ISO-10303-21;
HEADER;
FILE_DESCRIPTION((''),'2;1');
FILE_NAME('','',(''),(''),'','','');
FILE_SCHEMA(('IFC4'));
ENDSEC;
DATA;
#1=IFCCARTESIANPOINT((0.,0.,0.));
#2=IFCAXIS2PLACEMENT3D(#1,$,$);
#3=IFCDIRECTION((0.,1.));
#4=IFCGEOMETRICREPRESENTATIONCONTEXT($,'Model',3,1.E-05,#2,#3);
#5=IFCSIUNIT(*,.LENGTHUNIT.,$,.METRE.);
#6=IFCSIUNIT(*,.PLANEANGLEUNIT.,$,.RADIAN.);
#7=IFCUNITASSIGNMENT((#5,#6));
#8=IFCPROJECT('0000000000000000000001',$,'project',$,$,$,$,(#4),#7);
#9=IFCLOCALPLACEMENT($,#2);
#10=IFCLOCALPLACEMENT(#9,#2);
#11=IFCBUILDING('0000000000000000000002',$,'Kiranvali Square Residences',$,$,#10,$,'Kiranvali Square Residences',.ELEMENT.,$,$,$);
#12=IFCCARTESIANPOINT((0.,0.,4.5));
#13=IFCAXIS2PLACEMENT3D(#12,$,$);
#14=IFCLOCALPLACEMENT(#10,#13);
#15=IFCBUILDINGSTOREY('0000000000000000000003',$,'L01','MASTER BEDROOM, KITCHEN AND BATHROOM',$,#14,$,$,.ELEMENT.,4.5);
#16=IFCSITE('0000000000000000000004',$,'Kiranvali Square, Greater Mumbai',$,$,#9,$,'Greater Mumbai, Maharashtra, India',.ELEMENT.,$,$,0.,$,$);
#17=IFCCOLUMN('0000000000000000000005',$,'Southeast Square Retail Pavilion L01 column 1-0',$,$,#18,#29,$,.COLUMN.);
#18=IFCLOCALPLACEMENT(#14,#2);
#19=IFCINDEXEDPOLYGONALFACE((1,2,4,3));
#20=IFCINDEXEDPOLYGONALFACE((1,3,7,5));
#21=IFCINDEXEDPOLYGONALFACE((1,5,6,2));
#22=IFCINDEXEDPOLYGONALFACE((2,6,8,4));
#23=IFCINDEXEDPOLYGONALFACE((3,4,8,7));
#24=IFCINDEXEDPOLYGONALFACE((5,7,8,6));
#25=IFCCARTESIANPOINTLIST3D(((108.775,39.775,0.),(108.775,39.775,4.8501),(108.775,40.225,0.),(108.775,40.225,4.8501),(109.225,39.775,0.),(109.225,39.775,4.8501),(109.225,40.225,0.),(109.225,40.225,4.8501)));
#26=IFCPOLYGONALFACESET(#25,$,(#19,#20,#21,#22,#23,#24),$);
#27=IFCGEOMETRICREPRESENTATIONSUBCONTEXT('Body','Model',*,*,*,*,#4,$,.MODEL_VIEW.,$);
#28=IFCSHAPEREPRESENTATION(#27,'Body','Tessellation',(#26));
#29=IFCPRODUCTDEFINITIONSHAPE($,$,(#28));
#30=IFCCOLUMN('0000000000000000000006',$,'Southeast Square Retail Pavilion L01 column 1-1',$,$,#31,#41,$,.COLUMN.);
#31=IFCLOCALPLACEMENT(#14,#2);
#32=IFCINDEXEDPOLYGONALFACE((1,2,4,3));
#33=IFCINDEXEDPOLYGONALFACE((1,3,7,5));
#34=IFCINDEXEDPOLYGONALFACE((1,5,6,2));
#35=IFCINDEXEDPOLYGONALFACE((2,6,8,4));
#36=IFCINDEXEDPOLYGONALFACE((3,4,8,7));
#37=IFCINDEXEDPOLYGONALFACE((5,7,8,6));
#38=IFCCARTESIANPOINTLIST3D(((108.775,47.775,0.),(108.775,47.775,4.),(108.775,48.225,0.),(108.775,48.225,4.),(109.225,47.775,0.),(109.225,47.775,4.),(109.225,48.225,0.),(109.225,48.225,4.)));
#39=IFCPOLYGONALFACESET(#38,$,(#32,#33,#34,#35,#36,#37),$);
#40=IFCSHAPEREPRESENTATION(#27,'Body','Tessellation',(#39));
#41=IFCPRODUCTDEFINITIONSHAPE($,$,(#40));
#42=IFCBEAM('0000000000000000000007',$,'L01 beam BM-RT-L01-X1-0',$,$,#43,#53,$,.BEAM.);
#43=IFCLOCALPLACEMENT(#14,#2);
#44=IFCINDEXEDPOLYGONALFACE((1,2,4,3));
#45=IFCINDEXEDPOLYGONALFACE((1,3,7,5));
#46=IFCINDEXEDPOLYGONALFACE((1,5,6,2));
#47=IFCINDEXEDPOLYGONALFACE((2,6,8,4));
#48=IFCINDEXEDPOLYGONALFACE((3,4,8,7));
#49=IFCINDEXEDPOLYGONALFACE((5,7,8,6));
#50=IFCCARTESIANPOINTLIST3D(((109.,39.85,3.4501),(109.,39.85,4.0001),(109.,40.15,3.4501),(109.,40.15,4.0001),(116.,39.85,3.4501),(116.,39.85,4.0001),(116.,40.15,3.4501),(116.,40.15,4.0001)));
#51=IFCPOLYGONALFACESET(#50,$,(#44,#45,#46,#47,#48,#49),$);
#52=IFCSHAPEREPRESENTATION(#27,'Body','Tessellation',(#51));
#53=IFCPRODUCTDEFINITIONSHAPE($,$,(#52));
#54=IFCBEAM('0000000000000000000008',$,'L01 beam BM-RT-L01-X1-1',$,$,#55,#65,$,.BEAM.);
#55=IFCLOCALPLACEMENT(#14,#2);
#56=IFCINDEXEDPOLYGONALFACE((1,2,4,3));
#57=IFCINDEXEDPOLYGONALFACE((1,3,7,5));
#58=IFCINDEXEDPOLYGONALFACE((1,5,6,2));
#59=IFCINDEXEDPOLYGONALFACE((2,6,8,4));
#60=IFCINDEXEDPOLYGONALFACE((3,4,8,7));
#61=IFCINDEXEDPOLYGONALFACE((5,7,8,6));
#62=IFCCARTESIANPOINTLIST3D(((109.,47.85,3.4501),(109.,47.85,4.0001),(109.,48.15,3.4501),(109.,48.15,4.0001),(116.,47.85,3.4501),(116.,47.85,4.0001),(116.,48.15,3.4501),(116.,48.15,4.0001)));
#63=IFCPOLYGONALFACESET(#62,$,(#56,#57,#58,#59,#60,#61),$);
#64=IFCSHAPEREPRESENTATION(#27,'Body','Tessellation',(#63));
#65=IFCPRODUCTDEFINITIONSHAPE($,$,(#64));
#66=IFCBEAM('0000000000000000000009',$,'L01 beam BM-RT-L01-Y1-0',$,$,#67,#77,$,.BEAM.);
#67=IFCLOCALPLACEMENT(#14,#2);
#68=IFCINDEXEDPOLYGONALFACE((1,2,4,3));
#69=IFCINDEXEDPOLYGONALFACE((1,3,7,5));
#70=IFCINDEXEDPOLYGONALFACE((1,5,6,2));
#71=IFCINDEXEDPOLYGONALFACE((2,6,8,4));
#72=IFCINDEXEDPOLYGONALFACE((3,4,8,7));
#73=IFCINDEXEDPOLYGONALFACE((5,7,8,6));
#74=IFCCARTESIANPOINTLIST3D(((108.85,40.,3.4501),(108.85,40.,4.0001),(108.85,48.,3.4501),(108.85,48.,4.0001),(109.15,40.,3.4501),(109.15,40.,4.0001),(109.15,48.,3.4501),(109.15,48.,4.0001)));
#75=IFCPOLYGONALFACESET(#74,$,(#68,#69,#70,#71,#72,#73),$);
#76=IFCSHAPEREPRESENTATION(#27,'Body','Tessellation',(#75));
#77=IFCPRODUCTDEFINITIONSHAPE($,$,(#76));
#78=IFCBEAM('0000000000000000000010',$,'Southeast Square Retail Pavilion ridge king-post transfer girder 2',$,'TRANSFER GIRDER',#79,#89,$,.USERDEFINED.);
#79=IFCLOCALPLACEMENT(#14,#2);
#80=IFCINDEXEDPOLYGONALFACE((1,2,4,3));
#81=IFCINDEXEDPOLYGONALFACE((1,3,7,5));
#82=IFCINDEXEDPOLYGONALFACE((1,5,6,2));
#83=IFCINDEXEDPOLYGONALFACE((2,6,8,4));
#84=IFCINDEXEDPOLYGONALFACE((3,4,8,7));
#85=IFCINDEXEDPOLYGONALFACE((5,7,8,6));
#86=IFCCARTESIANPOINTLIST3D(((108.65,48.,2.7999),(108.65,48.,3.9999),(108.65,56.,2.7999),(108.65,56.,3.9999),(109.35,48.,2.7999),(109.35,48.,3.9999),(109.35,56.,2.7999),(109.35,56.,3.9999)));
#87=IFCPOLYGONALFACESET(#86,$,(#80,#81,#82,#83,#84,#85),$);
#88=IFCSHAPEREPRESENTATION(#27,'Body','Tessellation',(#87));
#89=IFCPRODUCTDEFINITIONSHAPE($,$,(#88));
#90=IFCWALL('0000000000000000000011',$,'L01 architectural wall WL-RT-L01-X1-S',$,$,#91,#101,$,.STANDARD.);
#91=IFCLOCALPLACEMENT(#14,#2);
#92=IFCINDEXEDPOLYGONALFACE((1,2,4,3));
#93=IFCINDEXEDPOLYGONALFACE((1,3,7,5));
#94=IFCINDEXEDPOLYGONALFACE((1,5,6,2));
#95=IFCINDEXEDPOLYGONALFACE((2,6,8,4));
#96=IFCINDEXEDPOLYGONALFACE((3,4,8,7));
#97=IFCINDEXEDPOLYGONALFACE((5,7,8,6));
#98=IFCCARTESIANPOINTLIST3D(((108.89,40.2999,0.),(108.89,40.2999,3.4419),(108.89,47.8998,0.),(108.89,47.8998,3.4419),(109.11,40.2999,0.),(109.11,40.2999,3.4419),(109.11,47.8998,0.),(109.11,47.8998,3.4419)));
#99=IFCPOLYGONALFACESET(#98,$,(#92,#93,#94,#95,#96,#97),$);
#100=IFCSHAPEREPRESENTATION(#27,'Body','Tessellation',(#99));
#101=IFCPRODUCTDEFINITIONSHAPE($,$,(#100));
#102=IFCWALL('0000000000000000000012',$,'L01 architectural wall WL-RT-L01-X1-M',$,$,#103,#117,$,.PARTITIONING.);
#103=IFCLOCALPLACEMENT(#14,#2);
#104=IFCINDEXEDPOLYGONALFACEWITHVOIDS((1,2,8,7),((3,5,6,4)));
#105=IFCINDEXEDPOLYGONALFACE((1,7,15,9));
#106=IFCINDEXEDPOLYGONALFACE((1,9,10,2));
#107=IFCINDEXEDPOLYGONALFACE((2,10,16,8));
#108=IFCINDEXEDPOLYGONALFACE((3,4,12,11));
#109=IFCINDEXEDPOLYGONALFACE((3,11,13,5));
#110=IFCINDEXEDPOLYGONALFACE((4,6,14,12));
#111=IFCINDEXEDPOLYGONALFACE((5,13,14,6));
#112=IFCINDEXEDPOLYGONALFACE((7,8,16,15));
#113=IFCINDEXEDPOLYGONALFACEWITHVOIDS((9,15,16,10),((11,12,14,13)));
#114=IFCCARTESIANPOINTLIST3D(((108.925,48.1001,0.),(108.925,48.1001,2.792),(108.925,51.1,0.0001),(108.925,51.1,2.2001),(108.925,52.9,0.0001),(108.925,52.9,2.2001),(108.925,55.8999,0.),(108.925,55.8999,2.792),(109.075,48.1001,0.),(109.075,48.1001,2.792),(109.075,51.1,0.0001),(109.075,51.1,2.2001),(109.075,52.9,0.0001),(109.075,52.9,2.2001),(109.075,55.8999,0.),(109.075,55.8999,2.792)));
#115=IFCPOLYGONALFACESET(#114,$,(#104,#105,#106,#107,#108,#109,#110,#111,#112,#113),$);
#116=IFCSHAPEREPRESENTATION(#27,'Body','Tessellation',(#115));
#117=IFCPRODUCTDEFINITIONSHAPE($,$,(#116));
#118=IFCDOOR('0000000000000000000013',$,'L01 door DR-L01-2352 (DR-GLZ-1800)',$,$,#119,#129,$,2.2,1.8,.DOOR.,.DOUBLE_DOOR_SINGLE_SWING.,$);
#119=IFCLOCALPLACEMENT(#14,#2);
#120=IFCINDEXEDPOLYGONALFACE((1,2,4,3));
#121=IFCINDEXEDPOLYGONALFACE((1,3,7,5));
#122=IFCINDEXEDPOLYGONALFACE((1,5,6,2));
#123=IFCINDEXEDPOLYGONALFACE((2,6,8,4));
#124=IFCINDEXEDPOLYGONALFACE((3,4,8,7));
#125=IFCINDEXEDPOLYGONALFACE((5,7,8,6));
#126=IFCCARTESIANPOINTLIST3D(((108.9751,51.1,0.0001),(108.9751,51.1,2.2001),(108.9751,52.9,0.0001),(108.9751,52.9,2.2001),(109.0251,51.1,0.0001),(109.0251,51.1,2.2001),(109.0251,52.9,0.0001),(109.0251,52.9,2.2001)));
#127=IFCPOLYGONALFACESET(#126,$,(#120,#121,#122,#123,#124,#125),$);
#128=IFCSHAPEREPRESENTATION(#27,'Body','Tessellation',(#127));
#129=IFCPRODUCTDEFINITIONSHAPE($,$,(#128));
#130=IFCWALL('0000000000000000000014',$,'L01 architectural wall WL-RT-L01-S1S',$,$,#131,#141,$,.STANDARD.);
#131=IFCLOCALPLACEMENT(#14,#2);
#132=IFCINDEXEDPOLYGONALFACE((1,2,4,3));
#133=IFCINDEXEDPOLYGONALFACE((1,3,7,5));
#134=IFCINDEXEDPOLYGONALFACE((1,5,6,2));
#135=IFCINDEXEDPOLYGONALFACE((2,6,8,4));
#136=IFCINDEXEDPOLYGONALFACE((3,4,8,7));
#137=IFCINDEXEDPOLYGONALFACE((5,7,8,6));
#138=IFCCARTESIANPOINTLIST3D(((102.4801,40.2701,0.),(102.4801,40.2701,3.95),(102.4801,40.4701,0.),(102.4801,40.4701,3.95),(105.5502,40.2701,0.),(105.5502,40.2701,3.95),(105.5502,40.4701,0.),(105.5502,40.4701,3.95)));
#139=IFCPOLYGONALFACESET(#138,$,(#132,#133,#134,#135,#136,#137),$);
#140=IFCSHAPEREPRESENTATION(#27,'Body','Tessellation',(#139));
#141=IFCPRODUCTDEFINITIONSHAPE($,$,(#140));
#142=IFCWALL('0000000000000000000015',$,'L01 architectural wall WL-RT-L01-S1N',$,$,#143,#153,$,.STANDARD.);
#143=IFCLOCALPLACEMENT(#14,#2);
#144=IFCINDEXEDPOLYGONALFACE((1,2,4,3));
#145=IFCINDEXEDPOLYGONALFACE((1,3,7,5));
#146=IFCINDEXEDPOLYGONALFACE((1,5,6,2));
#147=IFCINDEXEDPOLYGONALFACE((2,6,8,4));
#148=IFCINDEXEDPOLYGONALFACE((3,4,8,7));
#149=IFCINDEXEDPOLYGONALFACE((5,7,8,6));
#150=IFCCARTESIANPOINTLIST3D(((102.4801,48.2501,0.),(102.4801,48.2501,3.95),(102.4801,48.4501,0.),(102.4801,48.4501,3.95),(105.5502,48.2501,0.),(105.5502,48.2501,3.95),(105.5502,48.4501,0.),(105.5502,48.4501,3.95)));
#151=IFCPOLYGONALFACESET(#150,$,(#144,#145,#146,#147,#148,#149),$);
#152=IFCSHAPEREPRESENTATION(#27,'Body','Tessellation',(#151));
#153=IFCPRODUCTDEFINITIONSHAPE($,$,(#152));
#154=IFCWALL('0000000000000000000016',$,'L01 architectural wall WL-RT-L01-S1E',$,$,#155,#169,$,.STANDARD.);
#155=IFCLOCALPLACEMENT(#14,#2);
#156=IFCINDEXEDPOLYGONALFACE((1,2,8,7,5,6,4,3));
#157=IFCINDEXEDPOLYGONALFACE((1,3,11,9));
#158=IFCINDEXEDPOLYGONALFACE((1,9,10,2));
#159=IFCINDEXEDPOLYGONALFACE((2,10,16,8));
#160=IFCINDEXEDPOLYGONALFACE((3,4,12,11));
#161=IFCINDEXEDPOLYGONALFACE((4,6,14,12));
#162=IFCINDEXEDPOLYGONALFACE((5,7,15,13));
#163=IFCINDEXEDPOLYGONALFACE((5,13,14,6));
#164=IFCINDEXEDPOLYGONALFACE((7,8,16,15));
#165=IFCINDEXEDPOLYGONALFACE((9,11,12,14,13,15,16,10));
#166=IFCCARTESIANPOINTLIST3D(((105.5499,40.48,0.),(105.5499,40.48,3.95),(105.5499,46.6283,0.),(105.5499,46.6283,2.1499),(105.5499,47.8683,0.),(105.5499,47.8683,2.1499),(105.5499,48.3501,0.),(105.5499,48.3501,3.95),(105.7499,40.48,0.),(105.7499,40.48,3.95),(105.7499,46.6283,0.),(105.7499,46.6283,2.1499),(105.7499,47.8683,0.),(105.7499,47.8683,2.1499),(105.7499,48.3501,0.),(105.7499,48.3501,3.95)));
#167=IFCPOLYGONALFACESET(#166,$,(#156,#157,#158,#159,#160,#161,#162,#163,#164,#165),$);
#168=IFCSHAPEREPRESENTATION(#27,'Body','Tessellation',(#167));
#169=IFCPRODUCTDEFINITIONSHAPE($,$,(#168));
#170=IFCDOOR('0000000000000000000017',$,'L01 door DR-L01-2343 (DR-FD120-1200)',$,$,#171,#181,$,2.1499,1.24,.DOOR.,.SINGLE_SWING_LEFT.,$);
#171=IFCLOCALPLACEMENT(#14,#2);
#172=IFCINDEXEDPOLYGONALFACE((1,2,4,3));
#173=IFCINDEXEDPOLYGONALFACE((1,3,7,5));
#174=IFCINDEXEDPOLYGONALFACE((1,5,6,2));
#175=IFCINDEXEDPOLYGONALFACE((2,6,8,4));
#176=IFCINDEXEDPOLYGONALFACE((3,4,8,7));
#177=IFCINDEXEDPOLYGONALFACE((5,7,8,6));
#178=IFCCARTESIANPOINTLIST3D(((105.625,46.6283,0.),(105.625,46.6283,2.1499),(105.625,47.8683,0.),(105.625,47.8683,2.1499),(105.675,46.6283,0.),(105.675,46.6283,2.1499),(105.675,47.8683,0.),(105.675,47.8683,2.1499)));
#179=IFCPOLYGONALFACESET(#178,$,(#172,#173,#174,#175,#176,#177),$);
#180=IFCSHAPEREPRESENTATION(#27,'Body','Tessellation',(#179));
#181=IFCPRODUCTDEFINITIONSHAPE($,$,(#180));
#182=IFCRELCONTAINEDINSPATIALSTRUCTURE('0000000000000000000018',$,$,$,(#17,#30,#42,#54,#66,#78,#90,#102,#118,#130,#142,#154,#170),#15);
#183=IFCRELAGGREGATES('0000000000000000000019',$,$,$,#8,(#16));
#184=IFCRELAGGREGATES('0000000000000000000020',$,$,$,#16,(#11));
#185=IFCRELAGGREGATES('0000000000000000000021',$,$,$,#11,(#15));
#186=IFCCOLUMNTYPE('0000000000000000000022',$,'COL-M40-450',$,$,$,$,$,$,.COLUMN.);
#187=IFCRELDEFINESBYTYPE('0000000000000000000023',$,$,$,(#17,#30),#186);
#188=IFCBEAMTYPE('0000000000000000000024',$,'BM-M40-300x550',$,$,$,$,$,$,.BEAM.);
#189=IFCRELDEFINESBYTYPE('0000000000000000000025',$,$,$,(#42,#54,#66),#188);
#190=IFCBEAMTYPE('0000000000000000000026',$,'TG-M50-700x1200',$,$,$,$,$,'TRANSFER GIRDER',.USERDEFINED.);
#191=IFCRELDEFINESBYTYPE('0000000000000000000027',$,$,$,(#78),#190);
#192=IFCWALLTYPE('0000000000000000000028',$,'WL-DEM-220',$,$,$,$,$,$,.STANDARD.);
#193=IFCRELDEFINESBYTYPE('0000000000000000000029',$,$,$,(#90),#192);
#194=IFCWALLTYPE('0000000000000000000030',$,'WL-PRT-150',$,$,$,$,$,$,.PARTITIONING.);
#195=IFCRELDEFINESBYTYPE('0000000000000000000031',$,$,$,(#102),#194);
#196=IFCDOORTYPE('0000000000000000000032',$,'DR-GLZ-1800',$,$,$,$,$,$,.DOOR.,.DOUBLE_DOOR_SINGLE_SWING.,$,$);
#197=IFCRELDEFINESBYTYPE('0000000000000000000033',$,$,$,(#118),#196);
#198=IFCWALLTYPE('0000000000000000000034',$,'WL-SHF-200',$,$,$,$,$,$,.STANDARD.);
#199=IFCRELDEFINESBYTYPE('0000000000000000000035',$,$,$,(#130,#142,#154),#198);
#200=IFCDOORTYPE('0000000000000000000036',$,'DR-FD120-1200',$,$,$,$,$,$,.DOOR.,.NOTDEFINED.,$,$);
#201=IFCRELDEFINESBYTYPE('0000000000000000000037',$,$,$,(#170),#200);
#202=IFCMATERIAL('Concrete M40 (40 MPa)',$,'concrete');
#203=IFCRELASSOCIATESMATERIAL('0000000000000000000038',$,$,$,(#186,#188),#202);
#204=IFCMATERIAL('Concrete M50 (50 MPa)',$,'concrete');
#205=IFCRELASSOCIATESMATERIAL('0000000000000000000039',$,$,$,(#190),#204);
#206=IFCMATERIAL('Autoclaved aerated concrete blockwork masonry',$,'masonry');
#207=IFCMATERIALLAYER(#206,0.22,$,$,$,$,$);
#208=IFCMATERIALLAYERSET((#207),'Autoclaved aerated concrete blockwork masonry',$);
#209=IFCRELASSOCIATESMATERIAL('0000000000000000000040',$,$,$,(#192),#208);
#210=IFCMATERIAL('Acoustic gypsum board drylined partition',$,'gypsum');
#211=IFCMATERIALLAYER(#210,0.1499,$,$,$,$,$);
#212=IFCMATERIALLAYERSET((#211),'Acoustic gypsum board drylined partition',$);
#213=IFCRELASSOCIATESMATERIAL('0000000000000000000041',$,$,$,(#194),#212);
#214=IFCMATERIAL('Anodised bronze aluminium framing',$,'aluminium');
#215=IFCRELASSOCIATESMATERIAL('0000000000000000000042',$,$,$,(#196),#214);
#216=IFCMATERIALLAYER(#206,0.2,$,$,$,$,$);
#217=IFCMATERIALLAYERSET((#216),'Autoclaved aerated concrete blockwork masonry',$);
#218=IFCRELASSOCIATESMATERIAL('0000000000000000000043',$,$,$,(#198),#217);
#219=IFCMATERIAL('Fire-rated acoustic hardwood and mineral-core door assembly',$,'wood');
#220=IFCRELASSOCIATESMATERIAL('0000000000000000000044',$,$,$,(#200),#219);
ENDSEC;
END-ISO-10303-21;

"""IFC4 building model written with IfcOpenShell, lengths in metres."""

from ifc_helpers import new_model, si_unit, direction, frame, frame_2d, origin, origin_2d, place, context, subcontext, project, spatial, rectangle, extrude, material, layer, layer_set, material_profile, profile_set, type_object, element, fill, save


model = new_model("IFC4")

# Units and contexts
model_context = context("Model", 3, precision=1e-05, world=origin(), true_north=direction((0.0, 1.0)))
body_context = subcontext(model_context, "Body", "Model", "MODEL_VIEW")
ifc_project = project(units=[si_unit("LENGTHUNIT", "METRE"), si_unit("PLANEANGLEUNIT", "RADIAN")], contexts=[model_context])

# Site, building, storey
site_placement = place(None, origin())
site = spatial("IfcSite", under=ifc_project, at=site_placement, Name="Kiranvali Square, Greater Mumbai", LongName="Greater Mumbai, Maharashtra, India", CompositionType="ELEMENT", RefElevation=0.0)
building_placement = place(site_placement, origin())
building = spatial("IfcBuilding", under=site, at=building_placement, Name="Kiranvali Square Residences", LongName="Kiranvali Square Residences", CompositionType="ELEMENT")
storey_placement = place(building_placement, frame((0.0, 0.0, 4.5)))
storey = spatial("IfcBuildingStorey", under=building, at=storey_placement, Name="L01", Description="MASTER BEDROOM, KITCHEN AND BATHROOM", CompositionType="ELEMENT", Elevation=4.5)

# Columns
ifc_material_1 = material(Name="Concrete M40 (40 MPa)", Category="concrete")
ifc_material_profile_1 = material_profile(ifc_material_1, rectangle(XDim=0.45, YDim=0.45, at=origin_2d()), Name="RC 450x450")
ifc_profile_set_1 = profile_set([ifc_material_profile_1], Name="Concrete M40 (40 MPa)")
column_type = type_object("IfcColumnType", Name="COL-M40-450", PredefinedType="COLUMN", material=ifc_profile_set_1)
column_1_placement = place(storey_placement, frame((109.0, 40.0, 0.0), z_axis=(0.0, 0.0, 1.0), x_axis=(1.0, 0.0, 0.0)))
element("IfcColumn", 1, at=column_1_placement, inside=storey, type_object=column_type, Name="Southeast Square Retail Pavilion L01 column 1-0", PredefinedType="COLUMN", context=body_context, shape_type="SweptSolid", body=[
    extrude(rectangle(XDim=0.45, YDim=0.45, at=origin_2d()), origin(), (0.0, 0.0, 1.0), 4.8501),
])
column_2_placement = place(storey_placement, frame((109.0, 48.0, 0.0), z_axis=(0.0, 0.0, 1.0), x_axis=(1.0, 0.0, 0.0)))
element("IfcColumn", 2, at=column_2_placement, inside=storey, type_object=column_type, Name="Southeast Square Retail Pavilion L01 column 1-1", PredefinedType="COLUMN", context=body_context, shape_type="SweptSolid", body=[
    extrude(rectangle(XDim=0.45, YDim=0.45, at=origin_2d()), origin(), (0.0, 0.0, 1.0), 4.0),
])

# Beams
ifc_material_profile_2 = material_profile(ifc_material_1, rectangle(XDim=0.3, YDim=0.55, at=origin_2d()), Name="RC 300x550")
ifc_profile_set_2 = profile_set([ifc_material_profile_2], Name="Concrete M40 (40 MPa)")
beam_type_1 = type_object("IfcBeamType", Name="BM-M40-300x550", PredefinedType="BEAM", material=ifc_profile_set_2)
for number, where, z_axis, x_axis, name in (
    (3, (109.0, 40.0, 3.7251), (1.0, 0.0, 0.0), (0.0, 1.0, 0.0), "L01 beam BM-RT-L01-X1-0"),
    (4, (109.0, 48.0, 3.7251), (1.0, 0.0, 0.0), (0.0, 1.0, 0.0), "L01 beam BM-RT-L01-X1-1"),
):
    element("IfcBeam", number, at=place(storey_placement, frame(where, z_axis=z_axis, x_axis=x_axis)), inside=storey, type_object=beam_type_1, Name=name, PredefinedType="BEAM", context=body_context, shape_type="SweptSolid", body=[
        extrude(rectangle(XDim=0.3, YDim=0.55, at=origin_2d()), origin(), (0.0, 0.0, 1.0), 7.0),
    ])
beam_1_placement = place(storey_placement, frame((109.0, 40.0, 3.7251), z_axis=(0.0, 1.0, 0.0), x_axis=(-1.0, 0.0, 0.0)))
element("IfcBeam", 5, at=beam_1_placement, inside=storey, type_object=beam_type_1, Name="L01 beam BM-RT-L01-Y1-0", PredefinedType="BEAM", context=body_context, shape_type="SweptSolid", body=[
    extrude(rectangle(XDim=0.3, YDim=0.55, at=origin_2d()), origin(), (0.0, 0.0, 1.0), 8.0),
])
ifc_material_2 = material(Name="Concrete M50 (50 MPa)", Category="concrete")
ifc_material_profile_3 = material_profile(ifc_material_2, rectangle(XDim=0.7, YDim=1.2, at=origin_2d()), Name="RC 700x1200")
ifc_profile_set_3 = profile_set([ifc_material_profile_3], Name="Concrete M50 (50 MPa)")
beam_type_2 = type_object("IfcBeamType", Name="TG-M50-700x1200", ElementType="TRANSFER GIRDER", PredefinedType="USERDEFINED", material=ifc_profile_set_3)
beam_2_placement = place(storey_placement, frame((109.0, 48.0, 3.3999), z_axis=(0.0, 1.0, 0.0), x_axis=(-1.0, 0.0, 0.0)))
element("IfcBeam", 6, at=beam_2_placement, inside=storey, type_object=beam_type_2, Name="Southeast Square Retail Pavilion ridge king-post transfer girder 2", ObjectType="TRANSFER GIRDER", PredefinedType="USERDEFINED", context=body_context, shape_type="SweptSolid", body=[
    extrude(rectangle(XDim=0.7, YDim=1.2, at=origin_2d()), origin(), (0.0, 0.0, 1.0), 8.0),
])

# Wall
ifc_material_3 = material(Name="Autoclaved aerated concrete blockwork masonry", Category="masonry")
ifc_layer_1 = layer(ifc_material_3, 0.22)
ifc_layer_set_1 = layer_set([ifc_layer_1], Name="Autoclaved aerated concrete blockwork masonry")
wall_type_1 = type_object("IfcWallType", Name="WL-DEM-220", PredefinedType="STANDARD", material=ifc_layer_set_1)
wall_1_placement = place(storey_placement, frame((109.0, 40.3, 0.0), z_axis=(0.0, 0.0, 1.0), x_axis=(0.0, 1.0, 0.0)))
element("IfcWall", 7, at=wall_1_placement, inside=storey, type_object=wall_type_1, Name="L01 architectural wall WL-RT-L01-X1-S", PredefinedType="STANDARD", context=body_context, shape_type="SweptSolid", body=[
    extrude(rectangle(XDim=7.5999, YDim=0.22, at=frame_2d((3.7998, 0.0))), origin(), (0.0, 0.0, 1.0), 3.4419),
])

# Wall, opening, door
ifc_material_4 = material(Name="Acoustic gypsum board drylined partition", Category="gypsum")
ifc_layer_2 = layer(ifc_material_4, 0.1499)
ifc_layer_set_2 = layer_set([ifc_layer_2], Name="Acoustic gypsum board drylined partition")
wall_type_2 = type_object("IfcWallType", Name="WL-PRT-150", PredefinedType="PARTITIONING", material=ifc_layer_set_2)
wall_2_placement = place(storey_placement, frame((109.0, 48.1001, 0.0), z_axis=(0.0, 0.0, 1.0), x_axis=(0.0, 1.0, 0.0)))
wall_2 = element("IfcWall", 8, at=wall_2_placement, inside=storey, type_object=wall_type_2, Name="L01 architectural wall WL-RT-L01-X1-M", PredefinedType="PARTITIONING", context=body_context, shape_type="SweptSolid", body=[
    extrude(rectangle(XDim=7.7998, YDim=0.1499, at=frame_2d((3.8999, 0.0))), origin(), (0.0, 0.0, 1.0), 2.792),
])
opening_1_placement = place(wall_2_placement, frame((3.0, 0.0, 0.0)))
opening_1 = element("IfcOpeningElement", 9, at=opening_1_placement, cuts=wall_2, PredefinedType="OPENING", context=body_context, shape_type="SweptSolid", body=[
    extrude(rectangle(XDim=1.8, YDim=2.2, at=frame_2d((0.8999, 1.1001))), frame((0.0, 0.085, 0.0), z_axis=(0.0, -1.0, 0.0), x_axis=(1.0, 0.0, 0.0)), (0.0, 0.0, 1.0), 0.1699),
])
ifc_material_5 = material(Name="Anodised bronze aluminium framing", Category="aluminium")
door_type_1 = type_object("IfcDoorType", Name="DR-GLZ-1800", OperationType="DOUBLE_DOOR_SINGLE_SWING", PredefinedType="DOOR", material=ifc_material_5)
door_1_placement = place(opening_1_placement, origin())
door_1 = element("IfcDoor", 10, at=door_1_placement, inside=storey, type_object=door_type_1, Name="L01 door DR-L01-2352 (DR-GLZ-1800)", OperationType="DOUBLE_DOOR_SINGLE_SWING", OverallHeight=2.2, OverallWidth=1.8, PredefinedType="DOOR", context=body_context, shape_type="SweptSolid", body=[
    extrude(rectangle(XDim=1.8, YDim=2.2, at=frame_2d((0.8999, 1.1001))), frame((0.0, 0.0249, 0.0), z_axis=(0.0, -1.0, 0.0), x_axis=(1.0, 0.0, 0.0)), (0.0, 0.0, 1.0), 0.05),
])
fill(opening_1, door_1)

# Walls
ifc_layer_3 = layer(ifc_material_3, 0.2)
ifc_layer_set_3 = layer_set([ifc_layer_3], Name="Autoclaved aerated concrete blockwork masonry")
wall_type_3 = type_object("IfcWallType", Name="WL-SHF-200", PredefinedType="STANDARD", material=ifc_layer_set_3)
for number, where, z_axis, x_axis, name in (
    (11, (102.48, 40.3701, 0.0), (0.0, 0.0, 1.0), (1.0, 0.0, 0.0), "L01 architectural wall WL-RT-L01-S1S"),
    (12, (102.48, 48.3501, 0.0), (0.0, 0.0, 1.0), (1.0, 0.0, 0.0), "L01 architectural wall WL-RT-L01-S1N"),
):
    element("IfcWall", number, at=place(storey_placement, frame(where, z_axis=z_axis, x_axis=x_axis)), inside=storey, type_object=wall_type_3, Name=name, PredefinedType="STANDARD", context=body_context, shape_type="SweptSolid", body=[
        extrude(rectangle(XDim=3.0701, YDim=0.2, at=frame_2d((1.5352, 0.0))), origin(), (0.0, 0.0, 1.0), 3.95),
    ])

# Wall, opening, door
wall_3_placement = place(storey_placement, frame((105.6499, 40.48, 0.0), z_axis=(0.0, 0.0, 1.0), x_axis=(0.0, 1.0, 0.0)))
wall_3 = element("IfcWall", 13, at=wall_3_placement, inside=storey, type_object=wall_type_3, Name="L01 architectural wall WL-RT-L01-S1E", PredefinedType="STANDARD", context=body_context, shape_type="SweptSolid", body=[
    extrude(rectangle(XDim=7.8701, YDim=0.2, at=frame_2d((3.9351, 0.0))), origin(), (0.0, 0.0, 1.0), 3.95),
])
opening_2_placement = place(wall_3_placement, frame((6.1482, 0.0, 0.0)))
opening_2 = element("IfcOpeningElement", 14, at=opening_2_placement, cuts=wall_3, PredefinedType="OPENING", context=body_context, shape_type="SweptSolid", body=[
    extrude(rectangle(XDim=1.24, YDim=2.1499, at=frame_2d((0.6201, 1.075))), frame((0.0, 0.1099, 0.0), z_axis=(0.0, -1.0, 0.0), x_axis=(1.0, 0.0, 0.0)), (0.0, 0.0, 1.0), 0.22),
])
ifc_material_6 = material(Name="Fire-rated acoustic hardwood and mineral-core door assembly", Category="wood")
door_type_2 = type_object("IfcDoorType", Name="DR-FD120-1200", OperationType="NOTDEFINED", PredefinedType="DOOR", material=ifc_material_6)
door_2_placement = place(opening_2_placement, origin())
door_2 = element("IfcDoor", 15, at=door_2_placement, inside=storey, type_object=door_type_2, Name="L01 door DR-L01-2343 (DR-FD120-1200)", OperationType="SINGLE_SWING_LEFT", OverallHeight=2.1499, OverallWidth=1.24, PredefinedType="DOOR", context=body_context, shape_type="SweptSolid", body=[
    extrude(rectangle(XDim=1.24, YDim=2.1499, at=frame_2d((0.6201, 1.075))), frame((0.0, 0.0249, 0.0), z_axis=(0.0, -1.0, 0.0), x_axis=(1.0, 0.0, 0.0)), (0.0, 0.0, 1.0), 0.05),
])
fill(opening_2, door_2)

save(model, "model.ifc")
